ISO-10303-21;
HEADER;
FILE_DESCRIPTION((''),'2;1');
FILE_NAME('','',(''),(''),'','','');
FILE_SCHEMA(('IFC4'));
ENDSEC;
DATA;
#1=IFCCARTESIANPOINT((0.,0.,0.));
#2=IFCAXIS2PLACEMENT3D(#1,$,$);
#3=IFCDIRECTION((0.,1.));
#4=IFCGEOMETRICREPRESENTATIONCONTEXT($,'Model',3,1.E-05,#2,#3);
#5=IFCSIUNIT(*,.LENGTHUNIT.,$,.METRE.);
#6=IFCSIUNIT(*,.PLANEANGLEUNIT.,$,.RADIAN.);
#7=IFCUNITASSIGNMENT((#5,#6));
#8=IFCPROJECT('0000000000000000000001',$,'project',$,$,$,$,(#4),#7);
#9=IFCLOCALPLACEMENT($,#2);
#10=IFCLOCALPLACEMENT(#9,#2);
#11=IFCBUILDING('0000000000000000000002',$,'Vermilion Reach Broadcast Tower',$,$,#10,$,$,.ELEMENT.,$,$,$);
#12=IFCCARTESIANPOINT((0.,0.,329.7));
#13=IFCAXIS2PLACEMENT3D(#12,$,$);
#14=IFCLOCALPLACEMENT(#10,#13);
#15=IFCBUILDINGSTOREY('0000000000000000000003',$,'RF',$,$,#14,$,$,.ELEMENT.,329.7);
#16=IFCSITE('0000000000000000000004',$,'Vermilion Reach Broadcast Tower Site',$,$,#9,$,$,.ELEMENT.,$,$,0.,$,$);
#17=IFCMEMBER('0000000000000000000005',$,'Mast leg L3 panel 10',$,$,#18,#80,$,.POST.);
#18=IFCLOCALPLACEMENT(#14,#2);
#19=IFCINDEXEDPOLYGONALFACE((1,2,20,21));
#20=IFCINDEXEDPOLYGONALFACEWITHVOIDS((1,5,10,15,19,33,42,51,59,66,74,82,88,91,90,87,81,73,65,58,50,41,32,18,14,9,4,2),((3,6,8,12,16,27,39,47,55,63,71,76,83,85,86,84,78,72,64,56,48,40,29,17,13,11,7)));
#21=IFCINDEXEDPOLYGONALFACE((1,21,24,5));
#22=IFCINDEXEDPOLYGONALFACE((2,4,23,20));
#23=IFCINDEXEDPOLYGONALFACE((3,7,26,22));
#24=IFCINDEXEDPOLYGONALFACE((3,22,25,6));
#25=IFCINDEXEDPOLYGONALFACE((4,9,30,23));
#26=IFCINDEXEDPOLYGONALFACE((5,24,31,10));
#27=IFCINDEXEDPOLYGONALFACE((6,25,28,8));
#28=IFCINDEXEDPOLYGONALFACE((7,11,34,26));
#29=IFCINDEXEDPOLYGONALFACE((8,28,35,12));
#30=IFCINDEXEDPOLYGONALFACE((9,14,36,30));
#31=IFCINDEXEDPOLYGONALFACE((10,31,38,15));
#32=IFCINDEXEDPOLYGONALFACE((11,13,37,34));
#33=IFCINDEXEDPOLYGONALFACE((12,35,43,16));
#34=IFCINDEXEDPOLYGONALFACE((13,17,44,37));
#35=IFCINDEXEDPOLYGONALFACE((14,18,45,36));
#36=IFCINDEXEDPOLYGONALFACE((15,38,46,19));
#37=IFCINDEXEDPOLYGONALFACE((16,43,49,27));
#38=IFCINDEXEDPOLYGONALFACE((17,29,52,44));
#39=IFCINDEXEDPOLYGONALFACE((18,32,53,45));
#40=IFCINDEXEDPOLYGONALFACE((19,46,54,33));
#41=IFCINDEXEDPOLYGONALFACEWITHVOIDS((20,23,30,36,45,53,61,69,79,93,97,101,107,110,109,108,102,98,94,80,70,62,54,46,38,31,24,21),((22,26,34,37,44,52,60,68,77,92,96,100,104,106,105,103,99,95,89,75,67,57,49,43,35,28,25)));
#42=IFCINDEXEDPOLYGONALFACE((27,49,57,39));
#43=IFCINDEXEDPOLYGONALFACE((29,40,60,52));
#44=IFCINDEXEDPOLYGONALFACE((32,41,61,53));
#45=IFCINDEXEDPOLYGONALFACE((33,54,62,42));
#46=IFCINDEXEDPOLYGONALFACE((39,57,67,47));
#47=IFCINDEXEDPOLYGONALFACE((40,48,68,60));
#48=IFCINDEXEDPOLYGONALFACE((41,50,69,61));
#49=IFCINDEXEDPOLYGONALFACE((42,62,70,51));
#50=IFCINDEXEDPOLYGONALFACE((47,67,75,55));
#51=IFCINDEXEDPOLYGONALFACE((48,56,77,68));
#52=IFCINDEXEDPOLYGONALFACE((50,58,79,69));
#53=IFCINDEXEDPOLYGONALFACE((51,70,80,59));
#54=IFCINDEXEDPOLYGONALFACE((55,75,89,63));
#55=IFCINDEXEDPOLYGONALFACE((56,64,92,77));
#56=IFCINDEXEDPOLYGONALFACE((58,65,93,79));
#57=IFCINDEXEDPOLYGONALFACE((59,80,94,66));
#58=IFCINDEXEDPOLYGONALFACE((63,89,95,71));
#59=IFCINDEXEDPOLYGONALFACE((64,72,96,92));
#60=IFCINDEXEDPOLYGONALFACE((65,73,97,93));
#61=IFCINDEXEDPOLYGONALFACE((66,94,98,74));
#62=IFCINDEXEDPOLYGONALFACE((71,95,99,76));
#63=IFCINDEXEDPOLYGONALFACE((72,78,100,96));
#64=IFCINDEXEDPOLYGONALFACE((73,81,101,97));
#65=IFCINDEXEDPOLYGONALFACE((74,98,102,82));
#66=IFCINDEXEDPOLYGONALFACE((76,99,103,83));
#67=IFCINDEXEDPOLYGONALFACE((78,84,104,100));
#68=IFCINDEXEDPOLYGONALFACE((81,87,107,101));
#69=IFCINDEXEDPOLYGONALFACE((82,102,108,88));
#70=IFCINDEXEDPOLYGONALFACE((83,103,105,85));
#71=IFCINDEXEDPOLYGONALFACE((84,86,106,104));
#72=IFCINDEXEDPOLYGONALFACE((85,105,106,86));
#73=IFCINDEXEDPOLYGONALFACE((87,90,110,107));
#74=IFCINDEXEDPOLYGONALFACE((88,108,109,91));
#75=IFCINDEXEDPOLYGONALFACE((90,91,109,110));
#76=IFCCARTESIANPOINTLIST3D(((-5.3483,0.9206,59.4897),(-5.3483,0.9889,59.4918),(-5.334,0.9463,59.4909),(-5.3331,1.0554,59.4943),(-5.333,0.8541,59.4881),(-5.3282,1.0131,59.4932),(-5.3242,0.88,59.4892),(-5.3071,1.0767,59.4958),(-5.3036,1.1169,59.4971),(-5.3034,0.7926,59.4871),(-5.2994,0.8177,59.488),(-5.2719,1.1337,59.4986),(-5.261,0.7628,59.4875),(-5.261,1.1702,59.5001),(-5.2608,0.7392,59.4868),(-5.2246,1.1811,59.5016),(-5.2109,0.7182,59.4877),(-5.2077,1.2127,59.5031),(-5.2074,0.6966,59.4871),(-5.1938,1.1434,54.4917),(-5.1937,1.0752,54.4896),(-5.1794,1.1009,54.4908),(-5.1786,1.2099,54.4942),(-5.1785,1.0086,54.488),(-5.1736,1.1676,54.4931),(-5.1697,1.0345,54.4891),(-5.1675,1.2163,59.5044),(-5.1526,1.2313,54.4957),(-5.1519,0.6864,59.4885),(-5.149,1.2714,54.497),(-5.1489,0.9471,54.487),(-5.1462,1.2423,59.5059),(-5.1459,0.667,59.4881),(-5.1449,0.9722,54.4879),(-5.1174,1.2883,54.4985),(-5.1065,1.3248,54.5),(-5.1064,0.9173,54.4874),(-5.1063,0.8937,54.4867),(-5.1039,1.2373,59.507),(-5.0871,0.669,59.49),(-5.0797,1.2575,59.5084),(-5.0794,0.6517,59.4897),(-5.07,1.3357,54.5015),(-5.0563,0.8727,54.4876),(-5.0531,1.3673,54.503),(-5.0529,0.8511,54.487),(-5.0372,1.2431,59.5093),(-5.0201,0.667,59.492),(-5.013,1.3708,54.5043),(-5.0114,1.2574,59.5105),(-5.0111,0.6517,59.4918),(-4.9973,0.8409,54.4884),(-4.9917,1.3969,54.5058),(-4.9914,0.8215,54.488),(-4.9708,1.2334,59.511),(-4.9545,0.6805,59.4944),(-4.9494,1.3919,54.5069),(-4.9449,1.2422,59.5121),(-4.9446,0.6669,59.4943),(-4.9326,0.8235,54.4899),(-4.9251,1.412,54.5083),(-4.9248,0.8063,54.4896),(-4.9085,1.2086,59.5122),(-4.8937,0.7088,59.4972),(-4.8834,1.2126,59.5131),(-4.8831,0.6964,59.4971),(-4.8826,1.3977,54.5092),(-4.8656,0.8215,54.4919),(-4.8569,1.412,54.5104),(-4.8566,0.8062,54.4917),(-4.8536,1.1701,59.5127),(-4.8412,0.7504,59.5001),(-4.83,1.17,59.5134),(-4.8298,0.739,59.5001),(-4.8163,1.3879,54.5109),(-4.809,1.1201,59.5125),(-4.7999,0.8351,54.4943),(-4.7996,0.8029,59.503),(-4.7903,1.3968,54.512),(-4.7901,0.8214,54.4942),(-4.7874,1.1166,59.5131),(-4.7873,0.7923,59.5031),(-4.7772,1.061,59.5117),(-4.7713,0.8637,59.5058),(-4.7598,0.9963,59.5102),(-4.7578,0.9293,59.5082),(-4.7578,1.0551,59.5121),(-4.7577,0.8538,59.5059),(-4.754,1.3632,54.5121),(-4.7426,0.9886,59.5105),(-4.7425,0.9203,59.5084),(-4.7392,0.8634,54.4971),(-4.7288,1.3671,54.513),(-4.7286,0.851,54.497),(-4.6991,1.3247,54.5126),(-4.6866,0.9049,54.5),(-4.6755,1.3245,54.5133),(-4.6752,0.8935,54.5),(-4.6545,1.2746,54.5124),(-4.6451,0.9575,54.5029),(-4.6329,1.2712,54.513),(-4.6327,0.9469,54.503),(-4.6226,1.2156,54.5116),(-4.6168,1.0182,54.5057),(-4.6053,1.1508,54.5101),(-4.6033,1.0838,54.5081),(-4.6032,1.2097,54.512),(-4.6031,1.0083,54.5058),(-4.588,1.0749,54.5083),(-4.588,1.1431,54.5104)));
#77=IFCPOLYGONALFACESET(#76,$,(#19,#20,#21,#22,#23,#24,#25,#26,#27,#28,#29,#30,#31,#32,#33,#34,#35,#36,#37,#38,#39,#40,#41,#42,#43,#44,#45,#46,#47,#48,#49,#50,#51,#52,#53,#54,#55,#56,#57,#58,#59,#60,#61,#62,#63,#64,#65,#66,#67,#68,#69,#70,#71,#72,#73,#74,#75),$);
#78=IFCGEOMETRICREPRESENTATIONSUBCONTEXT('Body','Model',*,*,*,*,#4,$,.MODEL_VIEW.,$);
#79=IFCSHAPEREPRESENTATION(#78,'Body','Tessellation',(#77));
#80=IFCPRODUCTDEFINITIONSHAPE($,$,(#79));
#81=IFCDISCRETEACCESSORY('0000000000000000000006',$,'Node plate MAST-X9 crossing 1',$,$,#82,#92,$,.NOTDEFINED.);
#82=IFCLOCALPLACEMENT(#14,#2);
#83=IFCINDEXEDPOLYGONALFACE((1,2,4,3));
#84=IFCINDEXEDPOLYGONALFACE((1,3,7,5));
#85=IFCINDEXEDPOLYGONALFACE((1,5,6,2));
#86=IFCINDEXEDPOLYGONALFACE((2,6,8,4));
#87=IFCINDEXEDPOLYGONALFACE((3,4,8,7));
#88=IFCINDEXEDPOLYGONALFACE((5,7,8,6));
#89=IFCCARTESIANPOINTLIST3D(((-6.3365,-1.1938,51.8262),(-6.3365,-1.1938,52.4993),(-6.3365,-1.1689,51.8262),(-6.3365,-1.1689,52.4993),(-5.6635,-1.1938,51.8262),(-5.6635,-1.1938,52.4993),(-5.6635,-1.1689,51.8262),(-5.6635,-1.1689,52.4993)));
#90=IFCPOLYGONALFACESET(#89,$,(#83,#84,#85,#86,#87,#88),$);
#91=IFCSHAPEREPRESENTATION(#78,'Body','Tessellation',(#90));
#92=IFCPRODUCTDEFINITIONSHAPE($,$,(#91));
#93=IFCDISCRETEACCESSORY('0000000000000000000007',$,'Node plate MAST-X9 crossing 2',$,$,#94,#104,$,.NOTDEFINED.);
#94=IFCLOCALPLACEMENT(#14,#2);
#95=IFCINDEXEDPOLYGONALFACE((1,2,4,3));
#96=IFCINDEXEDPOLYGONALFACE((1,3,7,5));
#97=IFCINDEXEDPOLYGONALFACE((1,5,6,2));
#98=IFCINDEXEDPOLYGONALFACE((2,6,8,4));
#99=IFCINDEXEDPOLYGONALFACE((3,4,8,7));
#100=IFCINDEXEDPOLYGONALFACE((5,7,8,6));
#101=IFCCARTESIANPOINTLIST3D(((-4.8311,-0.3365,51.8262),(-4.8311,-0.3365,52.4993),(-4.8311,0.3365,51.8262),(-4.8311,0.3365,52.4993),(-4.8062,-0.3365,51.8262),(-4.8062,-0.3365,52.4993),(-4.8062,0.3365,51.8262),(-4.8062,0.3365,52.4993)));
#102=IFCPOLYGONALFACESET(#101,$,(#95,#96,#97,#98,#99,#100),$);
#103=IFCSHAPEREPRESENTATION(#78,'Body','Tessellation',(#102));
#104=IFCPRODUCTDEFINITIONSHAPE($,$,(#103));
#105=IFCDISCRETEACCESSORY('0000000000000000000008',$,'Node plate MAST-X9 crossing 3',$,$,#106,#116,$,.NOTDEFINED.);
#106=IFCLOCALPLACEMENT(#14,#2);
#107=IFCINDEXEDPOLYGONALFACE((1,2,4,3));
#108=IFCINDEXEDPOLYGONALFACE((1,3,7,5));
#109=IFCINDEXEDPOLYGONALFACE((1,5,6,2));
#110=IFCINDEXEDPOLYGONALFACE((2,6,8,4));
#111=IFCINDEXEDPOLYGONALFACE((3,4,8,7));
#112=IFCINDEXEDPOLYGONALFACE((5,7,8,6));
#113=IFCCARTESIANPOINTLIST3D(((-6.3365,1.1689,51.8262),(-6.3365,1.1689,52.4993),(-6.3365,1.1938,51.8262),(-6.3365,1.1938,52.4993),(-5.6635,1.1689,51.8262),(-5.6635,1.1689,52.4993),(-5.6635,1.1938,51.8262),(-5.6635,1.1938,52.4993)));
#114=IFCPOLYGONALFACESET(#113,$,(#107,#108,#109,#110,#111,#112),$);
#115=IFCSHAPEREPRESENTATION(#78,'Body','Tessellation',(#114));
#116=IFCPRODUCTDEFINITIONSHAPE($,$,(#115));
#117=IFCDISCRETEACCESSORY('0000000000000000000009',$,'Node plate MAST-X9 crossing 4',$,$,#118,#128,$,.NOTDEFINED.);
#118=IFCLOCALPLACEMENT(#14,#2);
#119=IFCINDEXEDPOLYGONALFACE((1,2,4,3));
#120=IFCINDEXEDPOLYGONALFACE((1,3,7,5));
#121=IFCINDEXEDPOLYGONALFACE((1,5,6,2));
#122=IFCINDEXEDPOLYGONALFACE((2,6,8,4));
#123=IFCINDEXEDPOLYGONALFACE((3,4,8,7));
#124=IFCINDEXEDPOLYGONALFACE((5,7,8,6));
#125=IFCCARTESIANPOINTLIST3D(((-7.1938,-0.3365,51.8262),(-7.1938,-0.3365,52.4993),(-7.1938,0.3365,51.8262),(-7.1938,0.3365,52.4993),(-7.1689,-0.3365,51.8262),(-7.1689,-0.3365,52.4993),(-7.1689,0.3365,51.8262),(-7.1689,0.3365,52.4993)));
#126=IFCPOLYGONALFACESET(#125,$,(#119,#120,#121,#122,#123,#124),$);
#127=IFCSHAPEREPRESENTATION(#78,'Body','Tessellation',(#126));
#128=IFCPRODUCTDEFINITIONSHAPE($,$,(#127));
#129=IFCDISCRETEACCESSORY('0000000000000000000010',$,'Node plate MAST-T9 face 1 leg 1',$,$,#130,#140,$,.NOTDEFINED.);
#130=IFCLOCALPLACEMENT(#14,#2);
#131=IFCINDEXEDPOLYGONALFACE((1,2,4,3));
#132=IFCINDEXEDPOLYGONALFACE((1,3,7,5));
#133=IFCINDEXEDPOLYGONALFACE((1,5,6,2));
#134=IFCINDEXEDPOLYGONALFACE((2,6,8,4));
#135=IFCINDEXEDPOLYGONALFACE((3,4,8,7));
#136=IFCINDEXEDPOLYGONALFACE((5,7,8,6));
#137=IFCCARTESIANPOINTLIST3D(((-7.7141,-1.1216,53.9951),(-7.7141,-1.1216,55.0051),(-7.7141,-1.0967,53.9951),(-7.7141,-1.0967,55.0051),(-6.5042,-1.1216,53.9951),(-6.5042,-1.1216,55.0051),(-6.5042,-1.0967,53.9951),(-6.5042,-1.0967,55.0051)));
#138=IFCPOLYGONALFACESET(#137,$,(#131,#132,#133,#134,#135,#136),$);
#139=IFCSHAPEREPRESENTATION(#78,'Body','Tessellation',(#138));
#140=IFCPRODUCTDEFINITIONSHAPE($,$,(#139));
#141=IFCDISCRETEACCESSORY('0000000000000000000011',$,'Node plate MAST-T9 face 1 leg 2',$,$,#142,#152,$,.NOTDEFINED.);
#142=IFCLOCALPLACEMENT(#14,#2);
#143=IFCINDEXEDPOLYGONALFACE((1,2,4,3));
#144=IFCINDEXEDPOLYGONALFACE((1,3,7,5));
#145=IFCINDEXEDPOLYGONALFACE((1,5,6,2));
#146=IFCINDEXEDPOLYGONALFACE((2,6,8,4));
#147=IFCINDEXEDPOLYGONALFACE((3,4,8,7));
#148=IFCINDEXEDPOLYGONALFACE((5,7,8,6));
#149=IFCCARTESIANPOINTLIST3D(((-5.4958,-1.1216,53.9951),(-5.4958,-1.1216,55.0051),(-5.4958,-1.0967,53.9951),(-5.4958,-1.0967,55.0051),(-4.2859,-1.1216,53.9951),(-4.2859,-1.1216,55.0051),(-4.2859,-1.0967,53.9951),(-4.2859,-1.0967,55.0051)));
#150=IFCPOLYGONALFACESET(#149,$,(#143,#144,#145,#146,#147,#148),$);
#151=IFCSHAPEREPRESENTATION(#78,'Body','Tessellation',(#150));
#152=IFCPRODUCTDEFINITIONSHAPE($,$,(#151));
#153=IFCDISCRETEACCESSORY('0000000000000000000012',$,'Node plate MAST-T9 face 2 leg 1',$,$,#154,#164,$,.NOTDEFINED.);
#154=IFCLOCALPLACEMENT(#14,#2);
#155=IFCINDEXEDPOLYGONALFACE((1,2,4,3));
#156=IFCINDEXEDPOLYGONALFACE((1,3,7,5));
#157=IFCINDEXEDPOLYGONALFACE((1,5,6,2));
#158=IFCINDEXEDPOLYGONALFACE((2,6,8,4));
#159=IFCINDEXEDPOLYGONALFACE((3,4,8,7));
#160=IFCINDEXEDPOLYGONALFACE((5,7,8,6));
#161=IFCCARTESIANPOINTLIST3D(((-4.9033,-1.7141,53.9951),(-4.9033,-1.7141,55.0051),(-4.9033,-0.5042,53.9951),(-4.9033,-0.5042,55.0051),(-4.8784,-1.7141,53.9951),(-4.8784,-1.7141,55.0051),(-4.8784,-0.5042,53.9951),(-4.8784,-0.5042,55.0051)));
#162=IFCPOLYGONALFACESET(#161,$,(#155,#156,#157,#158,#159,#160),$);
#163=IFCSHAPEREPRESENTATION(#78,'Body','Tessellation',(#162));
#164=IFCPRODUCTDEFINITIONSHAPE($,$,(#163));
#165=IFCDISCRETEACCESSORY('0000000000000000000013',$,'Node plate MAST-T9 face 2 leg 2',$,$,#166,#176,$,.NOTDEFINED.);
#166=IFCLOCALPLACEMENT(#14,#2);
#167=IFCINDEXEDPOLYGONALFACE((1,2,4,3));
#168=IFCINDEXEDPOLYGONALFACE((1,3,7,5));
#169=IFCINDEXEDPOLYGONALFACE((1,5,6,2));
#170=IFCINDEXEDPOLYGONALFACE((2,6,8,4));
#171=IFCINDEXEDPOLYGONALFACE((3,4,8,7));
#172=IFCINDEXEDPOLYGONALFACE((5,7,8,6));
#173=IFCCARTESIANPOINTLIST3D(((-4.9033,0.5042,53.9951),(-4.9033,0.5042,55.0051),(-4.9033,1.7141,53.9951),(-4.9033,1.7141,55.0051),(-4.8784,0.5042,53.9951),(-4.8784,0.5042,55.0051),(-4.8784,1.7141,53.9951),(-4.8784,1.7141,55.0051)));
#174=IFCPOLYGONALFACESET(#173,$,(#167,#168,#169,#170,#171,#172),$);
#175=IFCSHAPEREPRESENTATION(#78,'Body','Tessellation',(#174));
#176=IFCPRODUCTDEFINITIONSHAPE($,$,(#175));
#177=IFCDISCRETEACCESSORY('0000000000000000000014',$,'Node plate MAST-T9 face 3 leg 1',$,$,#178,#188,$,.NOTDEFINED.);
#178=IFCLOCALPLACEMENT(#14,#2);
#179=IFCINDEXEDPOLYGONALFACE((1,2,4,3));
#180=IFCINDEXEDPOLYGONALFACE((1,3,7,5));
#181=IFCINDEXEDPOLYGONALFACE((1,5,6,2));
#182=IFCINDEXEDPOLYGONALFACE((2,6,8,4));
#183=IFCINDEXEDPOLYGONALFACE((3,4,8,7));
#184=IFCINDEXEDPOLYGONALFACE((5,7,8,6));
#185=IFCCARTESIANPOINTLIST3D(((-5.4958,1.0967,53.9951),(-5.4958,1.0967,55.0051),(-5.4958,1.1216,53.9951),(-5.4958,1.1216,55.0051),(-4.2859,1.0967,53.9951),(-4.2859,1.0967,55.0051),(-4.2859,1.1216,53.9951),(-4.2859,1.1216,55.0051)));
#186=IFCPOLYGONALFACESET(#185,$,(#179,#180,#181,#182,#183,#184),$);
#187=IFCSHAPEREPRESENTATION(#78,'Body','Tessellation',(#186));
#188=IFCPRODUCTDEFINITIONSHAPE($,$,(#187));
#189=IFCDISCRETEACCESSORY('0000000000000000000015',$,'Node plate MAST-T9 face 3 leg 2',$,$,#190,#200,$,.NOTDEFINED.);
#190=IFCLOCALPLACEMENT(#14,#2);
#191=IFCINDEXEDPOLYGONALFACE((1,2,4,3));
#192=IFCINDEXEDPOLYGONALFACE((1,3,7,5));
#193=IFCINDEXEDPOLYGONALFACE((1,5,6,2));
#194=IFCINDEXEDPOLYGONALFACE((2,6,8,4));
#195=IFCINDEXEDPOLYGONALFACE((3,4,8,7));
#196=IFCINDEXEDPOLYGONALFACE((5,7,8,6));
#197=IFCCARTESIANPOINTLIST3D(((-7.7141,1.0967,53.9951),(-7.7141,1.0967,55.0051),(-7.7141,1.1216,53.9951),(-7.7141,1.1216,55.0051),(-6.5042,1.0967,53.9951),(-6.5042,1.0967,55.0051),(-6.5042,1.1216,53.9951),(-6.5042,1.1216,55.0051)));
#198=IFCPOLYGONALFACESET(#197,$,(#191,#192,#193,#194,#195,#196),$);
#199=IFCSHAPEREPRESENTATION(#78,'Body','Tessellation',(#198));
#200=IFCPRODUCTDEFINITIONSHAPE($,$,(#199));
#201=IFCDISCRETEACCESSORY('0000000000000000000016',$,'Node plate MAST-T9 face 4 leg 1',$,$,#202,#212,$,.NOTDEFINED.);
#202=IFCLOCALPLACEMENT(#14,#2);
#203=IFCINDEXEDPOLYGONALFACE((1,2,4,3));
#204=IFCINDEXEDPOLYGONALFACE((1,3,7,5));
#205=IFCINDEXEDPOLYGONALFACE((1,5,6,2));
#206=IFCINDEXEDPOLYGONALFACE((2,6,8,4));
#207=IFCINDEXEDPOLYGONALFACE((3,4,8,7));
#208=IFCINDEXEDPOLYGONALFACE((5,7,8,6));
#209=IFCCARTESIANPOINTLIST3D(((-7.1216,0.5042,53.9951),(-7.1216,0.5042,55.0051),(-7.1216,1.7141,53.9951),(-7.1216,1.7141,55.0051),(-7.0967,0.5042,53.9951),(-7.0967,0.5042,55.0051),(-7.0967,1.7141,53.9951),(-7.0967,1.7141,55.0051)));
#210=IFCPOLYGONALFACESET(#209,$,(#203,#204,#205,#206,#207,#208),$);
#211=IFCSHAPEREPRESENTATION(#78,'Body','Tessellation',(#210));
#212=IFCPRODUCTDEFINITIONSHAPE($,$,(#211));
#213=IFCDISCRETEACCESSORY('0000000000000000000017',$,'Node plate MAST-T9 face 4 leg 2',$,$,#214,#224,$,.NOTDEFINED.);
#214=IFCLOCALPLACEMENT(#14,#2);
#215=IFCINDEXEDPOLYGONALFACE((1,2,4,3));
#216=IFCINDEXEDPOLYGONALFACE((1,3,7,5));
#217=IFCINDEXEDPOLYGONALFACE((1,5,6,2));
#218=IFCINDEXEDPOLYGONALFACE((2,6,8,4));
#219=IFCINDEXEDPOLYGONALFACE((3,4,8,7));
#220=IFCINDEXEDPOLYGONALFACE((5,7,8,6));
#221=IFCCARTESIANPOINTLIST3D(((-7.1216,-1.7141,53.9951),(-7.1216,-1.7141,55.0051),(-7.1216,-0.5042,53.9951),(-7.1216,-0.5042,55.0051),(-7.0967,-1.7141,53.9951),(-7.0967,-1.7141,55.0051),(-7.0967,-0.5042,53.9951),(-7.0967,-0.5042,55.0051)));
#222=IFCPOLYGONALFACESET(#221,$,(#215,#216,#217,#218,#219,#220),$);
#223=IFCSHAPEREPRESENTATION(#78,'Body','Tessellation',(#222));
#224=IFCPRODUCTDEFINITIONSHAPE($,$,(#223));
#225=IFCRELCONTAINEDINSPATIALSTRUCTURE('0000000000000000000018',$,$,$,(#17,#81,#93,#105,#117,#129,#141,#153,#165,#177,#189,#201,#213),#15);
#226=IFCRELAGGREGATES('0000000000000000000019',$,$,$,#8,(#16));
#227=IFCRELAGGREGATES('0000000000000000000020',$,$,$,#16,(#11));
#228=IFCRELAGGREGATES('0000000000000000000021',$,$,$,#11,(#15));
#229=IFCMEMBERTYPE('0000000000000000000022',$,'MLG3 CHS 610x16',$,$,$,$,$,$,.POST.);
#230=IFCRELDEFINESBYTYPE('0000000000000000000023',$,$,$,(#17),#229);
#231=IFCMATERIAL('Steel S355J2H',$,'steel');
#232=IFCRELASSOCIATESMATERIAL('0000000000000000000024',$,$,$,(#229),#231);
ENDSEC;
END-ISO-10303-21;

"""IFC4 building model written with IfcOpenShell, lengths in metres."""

from ifc_helpers import new_model, si_unit, direction, frame, origin, origin_2d, place, context, subcontext, project, spatial, rectangle, hollow_circle, extrude, material, material_profile, profile_set, type_object, element, save


model = new_model("IFC4")

# Units and contexts
model_context = context("Model", 3, precision=1e-05, world=origin(), true_north=direction((0.0, 1.0)))
body_context = subcontext(model_context, "Body", "Model", "MODEL_VIEW")
ifc_project = project(units=[si_unit("LENGTHUNIT", "METRE"), si_unit("PLANEANGLEUNIT", "RADIAN")], contexts=[model_context])

# Site, building, storey
site_placement = place(None, origin())
site = spatial("IfcSite", under=ifc_project, at=site_placement, Name="Vermilion Reach Broadcast Tower Site", CompositionType="ELEMENT", RefElevation=0.0)
building_placement = place(site_placement, origin())
building = spatial("IfcBuilding", under=site, at=building_placement, Name="Vermilion Reach Broadcast Tower", CompositionType="ELEMENT")
storey_placement = place(building_placement, frame((0.0, 0.0, 329.7)))
storey = spatial("IfcBuildingStorey", under=building, at=storey_placement, Name="RF", CompositionType="ELEMENT", Elevation=329.7)

# Member
ifc_material_1 = material(Name="Steel S355J2H", Category="steel")
ifc_material_profile_1 = material_profile(ifc_material_1, hollow_circle(Radius=0.3049, WallThickness=0.0161, at=origin_2d()), Name="S355J2H CHS 610x16")
ifc_profile_set_1 = profile_set([ifc_material_profile_1], Name="Steel S355J2H")
member_type_1 = type_object("IfcMemberType", Name="MLG3 CHS 610x16", PredefinedType="POST", material=ifc_profile_set_1)
for number, where, z_axis, x_axis, name in (
    (1, (-4.8909, 1.1091, 54.5), (-0.030879, -0.030879, 0.999046), (0.707107, -0.707107, 0.0), "Mast leg L3 panel 10"),
):
    element("IfcMember", number, at=place(storey_placement, frame(where, z_axis=z_axis, x_axis=x_axis)), inside=storey, type_object=member_type_1, Name=name, PredefinedType="POST", context=body_context, shape_type="SweptSolid", body=[
        extrude(hollow_circle(Radius=0.3049, WallThickness=0.0161, at=origin_2d()), origin(), (0.0, 0.0, 1.0), 5.0049),
    ])

# Discrete accessories
for number, where, z_axis, x_axis, name in (
    (2, (-6.0, -1.1814, 51.8262), (0.0, 0.0, 1.0), (0.0, 1.0, 0.0), "Node plate MAST-X9 crossing 1"),
    (3, (-4.8186, 0.0, 51.8262), (0.0, 0.0, 1.0), (-1.0, 0.0, 0.0), "Node plate MAST-X9 crossing 2"),
    (4, (-6.0, 1.1814, 51.8262), (0.0, 0.0, 1.0), (0.0, -1.0, 0.0), "Node plate MAST-X9 crossing 3"),
    (5, (-7.1814, 0.0, 51.8262), (0.0, 0.0, 1.0), (1.0, 0.0, 0.0), "Node plate MAST-X9 crossing 4"),
):
    element("IfcDiscreteAccessory", number, at=place(storey_placement, frame(where, z_axis=z_axis, x_axis=x_axis)), inside=storey, Name=name, PredefinedType="NOTDEFINED", context=body_context, shape_type="SweptSolid", body=[
        extrude(rectangle(XDim=0.0249, YDim=0.6731, at=origin_2d()), origin(), (0.0, 0.0, 1.0), 0.6731),
    ])
for number, where, z_axis, x_axis, name in (
    (6, (-7.1091, -1.1091, 53.9951), (0.0, 0.0, 1.0), (0.0, 1.0, 0.0), "Node plate MAST-T9 face 1 leg 1"),
    (7, (-4.8909, -1.1091, 53.9951), (0.0, 0.0, 1.0), (0.0, 1.0, 0.0), "Node plate MAST-T9 face 1 leg 2"),
    (8, (-4.8909, -1.1091, 53.9951), (0.0, 0.0, 1.0), (-1.0, 0.0, 0.0), "Node plate MAST-T9 face 2 leg 1"),
    (9, (-4.8909, 1.1091, 53.9951), (0.0, 0.0, 1.0), (-1.0, 0.0, 0.0), "Node plate MAST-T9 face 2 leg 2"),
    (10, (-4.8909, 1.1091, 53.9951), (0.0, 0.0, 1.0), (0.0, -1.0, 0.0), "Node plate MAST-T9 face 3 leg 1"),
    (11, (-7.1091, 1.1091, 53.9951), (0.0, 0.0, 1.0), (0.0, -1.0, 0.0), "Node plate MAST-T9 face 3 leg 2"),
    (12, (-7.1091, 1.1091, 53.9951), (0.0, 0.0, 1.0), (1.0, 0.0, 0.0), "Node plate MAST-T9 face 4 leg 1"),
    (13, (-7.1091, -1.1091, 53.9951), (0.0, 0.0, 1.0), (1.0, 0.0, 0.0), "Node plate MAST-T9 face 4 leg 2"),
):
    element("IfcDiscreteAccessory", number, at=place(storey_placement, frame(where, z_axis=z_axis, x_axis=x_axis)), inside=storey, Name=name, PredefinedType="NOTDEFINED", context=body_context, shape_type="SweptSolid", body=[
        extrude(rectangle(XDim=0.0249, YDim=1.21, at=origin_2d()), origin(), (0.0, 0.0, 1.0), 1.01),
    ])

save(model, "model.ifc")
